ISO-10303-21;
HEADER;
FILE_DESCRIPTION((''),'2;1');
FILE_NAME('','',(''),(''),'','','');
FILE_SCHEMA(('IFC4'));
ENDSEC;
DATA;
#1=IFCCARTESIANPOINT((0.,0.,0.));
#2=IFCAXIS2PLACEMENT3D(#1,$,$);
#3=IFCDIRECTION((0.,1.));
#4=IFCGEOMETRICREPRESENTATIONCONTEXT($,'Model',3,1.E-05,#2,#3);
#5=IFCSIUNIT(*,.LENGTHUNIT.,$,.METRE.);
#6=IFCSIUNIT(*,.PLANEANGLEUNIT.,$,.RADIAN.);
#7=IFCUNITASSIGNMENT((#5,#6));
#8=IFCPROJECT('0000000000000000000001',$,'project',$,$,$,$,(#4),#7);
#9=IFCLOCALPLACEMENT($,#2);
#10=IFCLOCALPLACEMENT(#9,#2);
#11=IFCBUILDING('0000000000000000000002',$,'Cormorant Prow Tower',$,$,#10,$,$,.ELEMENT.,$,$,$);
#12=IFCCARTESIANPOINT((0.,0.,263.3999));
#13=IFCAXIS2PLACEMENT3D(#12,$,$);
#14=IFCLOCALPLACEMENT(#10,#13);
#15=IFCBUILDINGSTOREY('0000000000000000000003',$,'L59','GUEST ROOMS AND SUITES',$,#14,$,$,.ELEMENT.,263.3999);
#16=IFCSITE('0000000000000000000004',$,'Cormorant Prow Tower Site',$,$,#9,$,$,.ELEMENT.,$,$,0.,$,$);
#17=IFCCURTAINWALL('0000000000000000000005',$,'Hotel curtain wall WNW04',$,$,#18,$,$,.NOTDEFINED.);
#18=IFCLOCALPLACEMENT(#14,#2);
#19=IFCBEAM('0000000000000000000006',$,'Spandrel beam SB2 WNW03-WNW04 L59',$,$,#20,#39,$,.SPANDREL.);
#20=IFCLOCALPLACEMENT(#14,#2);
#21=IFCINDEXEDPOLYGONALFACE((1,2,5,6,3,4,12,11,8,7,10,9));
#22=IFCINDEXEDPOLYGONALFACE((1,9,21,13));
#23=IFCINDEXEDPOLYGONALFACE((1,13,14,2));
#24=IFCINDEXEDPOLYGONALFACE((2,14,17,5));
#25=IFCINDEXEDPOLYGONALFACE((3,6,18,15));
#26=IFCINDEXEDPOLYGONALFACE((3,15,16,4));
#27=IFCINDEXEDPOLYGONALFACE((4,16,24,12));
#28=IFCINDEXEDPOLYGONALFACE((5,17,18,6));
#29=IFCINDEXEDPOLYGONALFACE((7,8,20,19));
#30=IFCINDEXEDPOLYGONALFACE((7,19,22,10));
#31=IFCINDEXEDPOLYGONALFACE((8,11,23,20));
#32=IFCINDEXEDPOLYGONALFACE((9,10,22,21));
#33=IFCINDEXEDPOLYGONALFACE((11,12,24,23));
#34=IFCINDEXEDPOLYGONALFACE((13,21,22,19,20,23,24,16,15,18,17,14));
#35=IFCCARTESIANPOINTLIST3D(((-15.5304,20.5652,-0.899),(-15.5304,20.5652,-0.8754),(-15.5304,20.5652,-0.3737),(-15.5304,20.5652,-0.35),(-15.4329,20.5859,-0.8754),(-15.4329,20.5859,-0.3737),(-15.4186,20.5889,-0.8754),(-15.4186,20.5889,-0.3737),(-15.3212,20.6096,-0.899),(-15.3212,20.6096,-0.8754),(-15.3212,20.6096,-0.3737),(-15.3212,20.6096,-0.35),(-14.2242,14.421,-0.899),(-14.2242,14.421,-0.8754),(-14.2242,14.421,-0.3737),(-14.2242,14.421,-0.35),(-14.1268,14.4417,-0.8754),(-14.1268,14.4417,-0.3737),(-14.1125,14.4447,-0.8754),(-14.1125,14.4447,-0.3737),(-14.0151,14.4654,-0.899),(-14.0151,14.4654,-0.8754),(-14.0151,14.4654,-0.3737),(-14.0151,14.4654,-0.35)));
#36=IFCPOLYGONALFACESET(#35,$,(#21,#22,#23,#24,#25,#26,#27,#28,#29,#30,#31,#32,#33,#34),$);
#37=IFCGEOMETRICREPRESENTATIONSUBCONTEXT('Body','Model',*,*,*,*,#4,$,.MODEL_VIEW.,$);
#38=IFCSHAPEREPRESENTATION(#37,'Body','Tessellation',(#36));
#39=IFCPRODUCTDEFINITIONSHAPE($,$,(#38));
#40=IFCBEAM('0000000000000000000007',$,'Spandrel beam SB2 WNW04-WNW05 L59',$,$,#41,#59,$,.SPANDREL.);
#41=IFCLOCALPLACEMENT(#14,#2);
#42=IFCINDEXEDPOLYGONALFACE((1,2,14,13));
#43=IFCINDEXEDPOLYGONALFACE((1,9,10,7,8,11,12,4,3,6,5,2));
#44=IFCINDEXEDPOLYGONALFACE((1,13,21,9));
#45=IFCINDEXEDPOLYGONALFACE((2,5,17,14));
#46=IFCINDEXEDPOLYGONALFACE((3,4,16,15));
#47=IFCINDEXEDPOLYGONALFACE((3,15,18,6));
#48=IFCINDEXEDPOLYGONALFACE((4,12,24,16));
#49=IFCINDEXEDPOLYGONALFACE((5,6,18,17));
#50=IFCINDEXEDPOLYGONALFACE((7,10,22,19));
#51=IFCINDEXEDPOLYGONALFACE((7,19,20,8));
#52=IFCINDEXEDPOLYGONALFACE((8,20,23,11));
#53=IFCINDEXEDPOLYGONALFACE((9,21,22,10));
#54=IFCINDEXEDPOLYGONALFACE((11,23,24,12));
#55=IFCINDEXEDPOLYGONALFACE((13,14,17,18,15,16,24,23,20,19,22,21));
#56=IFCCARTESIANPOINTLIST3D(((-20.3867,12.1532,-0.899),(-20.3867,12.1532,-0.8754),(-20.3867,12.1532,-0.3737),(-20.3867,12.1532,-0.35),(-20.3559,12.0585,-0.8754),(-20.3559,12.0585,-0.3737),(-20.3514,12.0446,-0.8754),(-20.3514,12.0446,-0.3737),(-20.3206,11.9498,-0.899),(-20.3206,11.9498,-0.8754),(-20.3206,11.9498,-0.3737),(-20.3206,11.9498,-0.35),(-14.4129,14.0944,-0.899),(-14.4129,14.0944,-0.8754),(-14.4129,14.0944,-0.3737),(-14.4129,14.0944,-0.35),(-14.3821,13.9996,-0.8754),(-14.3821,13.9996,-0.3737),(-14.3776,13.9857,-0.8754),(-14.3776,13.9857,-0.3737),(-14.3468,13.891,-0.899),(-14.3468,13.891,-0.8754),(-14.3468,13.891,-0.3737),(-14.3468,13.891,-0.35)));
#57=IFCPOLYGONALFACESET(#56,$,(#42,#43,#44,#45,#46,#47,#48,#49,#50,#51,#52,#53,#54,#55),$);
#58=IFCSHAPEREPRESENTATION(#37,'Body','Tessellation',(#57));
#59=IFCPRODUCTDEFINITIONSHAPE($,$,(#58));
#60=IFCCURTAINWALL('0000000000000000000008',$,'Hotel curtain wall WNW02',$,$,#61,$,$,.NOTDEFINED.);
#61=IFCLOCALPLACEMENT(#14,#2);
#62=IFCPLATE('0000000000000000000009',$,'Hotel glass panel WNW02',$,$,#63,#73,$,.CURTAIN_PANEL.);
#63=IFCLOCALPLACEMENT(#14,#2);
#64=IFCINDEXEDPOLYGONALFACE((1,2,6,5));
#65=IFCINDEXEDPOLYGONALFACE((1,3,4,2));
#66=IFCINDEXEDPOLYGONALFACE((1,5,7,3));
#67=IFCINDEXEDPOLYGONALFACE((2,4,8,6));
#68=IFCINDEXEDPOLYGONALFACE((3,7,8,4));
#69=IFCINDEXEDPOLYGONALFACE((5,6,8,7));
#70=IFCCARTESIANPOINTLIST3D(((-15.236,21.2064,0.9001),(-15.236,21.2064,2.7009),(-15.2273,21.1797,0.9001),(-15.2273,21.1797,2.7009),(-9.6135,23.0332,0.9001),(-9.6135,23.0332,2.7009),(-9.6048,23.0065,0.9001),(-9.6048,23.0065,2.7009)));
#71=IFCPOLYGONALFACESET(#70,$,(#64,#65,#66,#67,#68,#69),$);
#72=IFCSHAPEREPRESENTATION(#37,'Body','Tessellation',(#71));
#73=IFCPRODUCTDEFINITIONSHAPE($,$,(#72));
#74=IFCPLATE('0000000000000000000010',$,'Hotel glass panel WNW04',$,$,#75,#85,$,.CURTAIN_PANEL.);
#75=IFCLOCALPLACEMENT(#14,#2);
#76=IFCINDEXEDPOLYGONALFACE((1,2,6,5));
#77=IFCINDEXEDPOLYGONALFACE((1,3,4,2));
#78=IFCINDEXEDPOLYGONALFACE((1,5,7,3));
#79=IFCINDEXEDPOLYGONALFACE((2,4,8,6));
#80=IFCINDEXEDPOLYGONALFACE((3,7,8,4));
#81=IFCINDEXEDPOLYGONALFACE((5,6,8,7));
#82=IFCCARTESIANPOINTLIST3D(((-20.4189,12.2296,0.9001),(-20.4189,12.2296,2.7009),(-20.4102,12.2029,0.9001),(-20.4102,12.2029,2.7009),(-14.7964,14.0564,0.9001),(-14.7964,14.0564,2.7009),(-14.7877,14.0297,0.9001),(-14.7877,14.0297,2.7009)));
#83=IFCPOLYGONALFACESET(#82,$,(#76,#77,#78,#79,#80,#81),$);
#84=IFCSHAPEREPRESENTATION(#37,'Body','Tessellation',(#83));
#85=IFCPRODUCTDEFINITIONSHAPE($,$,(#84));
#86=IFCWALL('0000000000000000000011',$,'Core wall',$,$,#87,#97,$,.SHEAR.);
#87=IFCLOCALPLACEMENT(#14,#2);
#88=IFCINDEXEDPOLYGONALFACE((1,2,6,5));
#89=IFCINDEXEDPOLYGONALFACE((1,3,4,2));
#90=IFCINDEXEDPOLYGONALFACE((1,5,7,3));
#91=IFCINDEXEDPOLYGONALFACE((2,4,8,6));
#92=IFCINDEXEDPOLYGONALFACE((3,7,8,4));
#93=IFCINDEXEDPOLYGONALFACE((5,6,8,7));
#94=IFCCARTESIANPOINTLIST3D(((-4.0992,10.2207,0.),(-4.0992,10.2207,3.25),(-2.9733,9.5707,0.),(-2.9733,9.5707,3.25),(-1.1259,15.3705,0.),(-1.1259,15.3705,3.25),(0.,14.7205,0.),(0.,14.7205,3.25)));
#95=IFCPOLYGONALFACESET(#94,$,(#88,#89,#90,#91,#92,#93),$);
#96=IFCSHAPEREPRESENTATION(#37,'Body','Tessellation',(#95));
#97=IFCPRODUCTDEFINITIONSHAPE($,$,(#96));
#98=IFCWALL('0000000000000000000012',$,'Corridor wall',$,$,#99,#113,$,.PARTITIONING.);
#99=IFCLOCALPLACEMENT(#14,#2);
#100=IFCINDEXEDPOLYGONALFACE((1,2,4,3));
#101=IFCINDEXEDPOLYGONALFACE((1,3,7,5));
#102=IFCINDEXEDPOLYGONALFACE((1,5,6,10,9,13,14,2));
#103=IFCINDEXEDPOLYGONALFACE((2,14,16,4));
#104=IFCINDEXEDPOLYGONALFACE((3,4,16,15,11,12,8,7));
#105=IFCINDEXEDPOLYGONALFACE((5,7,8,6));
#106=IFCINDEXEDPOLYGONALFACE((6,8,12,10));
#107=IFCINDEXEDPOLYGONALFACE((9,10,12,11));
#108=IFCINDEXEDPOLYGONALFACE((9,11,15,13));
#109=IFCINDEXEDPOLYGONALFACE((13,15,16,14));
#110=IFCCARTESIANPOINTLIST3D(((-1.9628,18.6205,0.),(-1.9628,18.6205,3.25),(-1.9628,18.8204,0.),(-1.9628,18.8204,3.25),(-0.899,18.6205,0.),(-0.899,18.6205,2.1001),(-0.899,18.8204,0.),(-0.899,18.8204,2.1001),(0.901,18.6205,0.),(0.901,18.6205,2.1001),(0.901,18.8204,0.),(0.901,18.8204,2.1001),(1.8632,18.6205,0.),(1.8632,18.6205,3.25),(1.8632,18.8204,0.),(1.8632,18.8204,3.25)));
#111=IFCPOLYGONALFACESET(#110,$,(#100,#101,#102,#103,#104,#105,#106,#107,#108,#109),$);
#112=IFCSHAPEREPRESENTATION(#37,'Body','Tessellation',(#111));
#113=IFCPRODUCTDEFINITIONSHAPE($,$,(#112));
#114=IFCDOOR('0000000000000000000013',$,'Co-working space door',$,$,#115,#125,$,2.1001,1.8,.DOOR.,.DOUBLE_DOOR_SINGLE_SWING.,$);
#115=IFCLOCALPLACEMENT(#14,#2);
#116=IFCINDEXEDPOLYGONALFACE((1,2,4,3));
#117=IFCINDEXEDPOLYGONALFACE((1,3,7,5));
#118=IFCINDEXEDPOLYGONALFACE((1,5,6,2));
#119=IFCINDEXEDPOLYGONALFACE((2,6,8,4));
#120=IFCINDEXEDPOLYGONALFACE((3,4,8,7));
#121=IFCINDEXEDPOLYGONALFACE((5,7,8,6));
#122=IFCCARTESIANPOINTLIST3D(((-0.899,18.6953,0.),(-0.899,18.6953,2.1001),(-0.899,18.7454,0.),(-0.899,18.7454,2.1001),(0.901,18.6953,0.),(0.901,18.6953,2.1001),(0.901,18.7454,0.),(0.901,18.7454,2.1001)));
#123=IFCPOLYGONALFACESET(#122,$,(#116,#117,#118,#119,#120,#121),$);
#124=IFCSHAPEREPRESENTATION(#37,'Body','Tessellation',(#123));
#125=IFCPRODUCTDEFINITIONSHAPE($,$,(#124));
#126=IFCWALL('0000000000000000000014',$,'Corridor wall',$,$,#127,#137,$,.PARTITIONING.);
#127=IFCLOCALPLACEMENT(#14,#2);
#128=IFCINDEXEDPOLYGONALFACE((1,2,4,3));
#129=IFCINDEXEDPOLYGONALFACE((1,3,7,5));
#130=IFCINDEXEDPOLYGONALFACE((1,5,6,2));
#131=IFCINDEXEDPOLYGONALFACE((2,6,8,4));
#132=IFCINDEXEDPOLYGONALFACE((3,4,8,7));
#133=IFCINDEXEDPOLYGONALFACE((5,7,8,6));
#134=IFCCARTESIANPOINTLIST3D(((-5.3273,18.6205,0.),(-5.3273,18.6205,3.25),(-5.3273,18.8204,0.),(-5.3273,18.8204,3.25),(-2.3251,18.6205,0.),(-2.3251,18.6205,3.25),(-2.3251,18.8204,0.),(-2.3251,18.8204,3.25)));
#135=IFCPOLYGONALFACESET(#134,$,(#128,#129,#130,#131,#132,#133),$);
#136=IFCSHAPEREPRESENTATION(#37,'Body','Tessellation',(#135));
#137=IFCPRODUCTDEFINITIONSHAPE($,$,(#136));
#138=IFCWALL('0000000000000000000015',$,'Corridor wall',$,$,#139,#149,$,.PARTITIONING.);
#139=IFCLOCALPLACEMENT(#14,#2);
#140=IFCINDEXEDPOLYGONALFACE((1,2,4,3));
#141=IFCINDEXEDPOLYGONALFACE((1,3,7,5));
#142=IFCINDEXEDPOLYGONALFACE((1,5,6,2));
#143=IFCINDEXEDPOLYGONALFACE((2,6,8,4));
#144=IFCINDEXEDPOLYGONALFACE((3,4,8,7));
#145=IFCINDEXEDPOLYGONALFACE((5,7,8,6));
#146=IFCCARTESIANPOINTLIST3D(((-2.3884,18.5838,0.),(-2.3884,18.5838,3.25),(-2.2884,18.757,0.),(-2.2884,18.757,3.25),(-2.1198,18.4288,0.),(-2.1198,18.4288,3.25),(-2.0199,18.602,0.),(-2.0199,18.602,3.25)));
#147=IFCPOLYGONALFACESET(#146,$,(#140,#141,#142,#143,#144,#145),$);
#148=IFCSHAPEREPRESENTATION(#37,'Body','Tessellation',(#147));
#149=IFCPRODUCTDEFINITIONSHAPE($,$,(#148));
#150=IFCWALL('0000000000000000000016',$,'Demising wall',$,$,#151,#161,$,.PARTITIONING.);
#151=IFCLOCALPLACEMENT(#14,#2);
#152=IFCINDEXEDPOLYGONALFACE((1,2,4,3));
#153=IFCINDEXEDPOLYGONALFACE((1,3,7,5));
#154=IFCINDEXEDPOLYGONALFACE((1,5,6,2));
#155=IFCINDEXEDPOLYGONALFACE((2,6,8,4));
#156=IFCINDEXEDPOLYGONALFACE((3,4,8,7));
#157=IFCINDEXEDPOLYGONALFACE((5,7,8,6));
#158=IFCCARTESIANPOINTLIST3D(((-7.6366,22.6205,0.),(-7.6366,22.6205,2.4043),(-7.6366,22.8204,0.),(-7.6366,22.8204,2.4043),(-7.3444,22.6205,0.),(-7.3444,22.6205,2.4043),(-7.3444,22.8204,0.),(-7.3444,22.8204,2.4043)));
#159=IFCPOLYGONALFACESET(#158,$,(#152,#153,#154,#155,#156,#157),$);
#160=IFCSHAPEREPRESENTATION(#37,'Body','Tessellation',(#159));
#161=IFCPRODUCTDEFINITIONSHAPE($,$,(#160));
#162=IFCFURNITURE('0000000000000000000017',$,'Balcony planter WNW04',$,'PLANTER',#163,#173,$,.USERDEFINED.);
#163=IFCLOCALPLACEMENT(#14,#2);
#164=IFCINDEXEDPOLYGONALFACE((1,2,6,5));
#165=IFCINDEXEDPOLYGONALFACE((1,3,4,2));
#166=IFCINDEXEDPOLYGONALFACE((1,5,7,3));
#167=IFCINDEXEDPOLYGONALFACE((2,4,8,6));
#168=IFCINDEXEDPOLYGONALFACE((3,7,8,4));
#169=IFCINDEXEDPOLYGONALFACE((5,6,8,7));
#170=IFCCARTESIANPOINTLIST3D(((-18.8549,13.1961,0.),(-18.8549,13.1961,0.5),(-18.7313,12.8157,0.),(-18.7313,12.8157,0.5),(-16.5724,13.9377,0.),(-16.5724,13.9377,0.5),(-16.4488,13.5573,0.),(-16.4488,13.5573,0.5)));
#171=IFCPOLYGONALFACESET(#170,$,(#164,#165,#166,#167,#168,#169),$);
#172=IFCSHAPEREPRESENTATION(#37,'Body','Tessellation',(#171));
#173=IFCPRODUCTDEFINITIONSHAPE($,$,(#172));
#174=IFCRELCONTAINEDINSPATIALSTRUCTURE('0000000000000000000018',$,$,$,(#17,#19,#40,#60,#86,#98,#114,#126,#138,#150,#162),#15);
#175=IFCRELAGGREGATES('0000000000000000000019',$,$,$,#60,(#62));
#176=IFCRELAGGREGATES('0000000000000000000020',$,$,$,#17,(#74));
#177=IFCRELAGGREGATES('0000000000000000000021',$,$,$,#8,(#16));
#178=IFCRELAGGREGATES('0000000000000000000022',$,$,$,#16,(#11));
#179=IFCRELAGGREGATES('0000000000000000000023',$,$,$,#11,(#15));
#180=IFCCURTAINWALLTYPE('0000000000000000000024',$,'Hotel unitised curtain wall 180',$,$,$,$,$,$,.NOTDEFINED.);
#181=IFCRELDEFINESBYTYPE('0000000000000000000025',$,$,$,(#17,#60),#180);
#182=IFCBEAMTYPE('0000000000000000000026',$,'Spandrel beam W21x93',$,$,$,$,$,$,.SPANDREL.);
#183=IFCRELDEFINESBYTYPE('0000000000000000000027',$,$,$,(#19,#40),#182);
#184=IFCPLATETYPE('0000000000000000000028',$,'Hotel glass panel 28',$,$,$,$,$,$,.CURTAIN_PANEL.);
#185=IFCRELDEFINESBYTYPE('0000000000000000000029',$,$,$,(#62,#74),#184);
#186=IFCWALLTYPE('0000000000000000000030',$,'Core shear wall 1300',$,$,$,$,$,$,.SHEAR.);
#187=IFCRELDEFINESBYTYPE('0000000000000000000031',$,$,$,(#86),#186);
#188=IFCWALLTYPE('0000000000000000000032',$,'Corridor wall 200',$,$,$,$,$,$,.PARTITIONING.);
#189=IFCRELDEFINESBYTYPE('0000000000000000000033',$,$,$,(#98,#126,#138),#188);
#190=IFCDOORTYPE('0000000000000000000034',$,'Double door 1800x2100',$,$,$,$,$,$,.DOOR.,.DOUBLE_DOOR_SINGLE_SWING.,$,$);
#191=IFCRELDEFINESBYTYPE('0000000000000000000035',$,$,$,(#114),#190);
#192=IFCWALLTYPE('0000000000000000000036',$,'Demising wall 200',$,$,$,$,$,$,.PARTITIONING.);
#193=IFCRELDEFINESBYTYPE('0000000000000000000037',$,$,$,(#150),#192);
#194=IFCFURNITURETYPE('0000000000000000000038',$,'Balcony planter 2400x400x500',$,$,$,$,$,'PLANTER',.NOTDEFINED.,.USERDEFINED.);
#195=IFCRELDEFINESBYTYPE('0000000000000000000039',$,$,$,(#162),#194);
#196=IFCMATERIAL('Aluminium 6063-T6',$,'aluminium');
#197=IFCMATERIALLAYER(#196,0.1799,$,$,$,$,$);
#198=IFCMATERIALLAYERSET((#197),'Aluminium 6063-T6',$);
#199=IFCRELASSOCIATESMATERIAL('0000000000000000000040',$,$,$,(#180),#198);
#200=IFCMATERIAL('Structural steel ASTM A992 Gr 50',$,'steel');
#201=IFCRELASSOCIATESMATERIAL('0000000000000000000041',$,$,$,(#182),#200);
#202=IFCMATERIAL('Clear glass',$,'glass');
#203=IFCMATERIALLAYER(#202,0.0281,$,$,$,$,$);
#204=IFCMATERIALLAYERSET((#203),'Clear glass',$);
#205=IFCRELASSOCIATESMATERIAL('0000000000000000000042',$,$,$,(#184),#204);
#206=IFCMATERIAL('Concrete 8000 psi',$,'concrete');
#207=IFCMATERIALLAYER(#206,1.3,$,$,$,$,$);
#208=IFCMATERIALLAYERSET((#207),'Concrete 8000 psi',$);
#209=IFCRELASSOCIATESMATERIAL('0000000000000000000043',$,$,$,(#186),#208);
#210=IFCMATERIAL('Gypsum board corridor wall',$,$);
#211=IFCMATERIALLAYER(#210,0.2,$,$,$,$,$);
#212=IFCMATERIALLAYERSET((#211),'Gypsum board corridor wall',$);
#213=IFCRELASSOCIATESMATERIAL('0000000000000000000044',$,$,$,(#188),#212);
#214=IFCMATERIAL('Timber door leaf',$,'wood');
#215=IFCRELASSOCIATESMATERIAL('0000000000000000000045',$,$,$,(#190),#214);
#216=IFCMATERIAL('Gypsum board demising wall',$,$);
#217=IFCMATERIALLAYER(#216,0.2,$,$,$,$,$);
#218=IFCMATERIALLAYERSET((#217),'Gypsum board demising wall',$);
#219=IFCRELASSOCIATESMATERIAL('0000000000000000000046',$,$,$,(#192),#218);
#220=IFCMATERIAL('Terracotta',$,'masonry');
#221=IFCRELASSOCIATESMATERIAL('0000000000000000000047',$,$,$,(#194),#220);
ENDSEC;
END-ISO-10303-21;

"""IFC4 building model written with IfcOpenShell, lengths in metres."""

from ifc_helpers import new_model, si_unit, direction, frame, frame_2d, origin, origin_2d, place, context, subcontext, project, spatial, rectangle, i_section, extrude, material, layer, layer_set, material_profile, profile_set, type_object, element, fill, aggregate, save


model = new_model("IFC4")

# Units and contexts
model_context = context("Model", 3, precision=1e-05, world=origin(), true_north=direction((0.0, 1.0)))
body_context = subcontext(model_context, "Body", "Model", "MODEL_VIEW")
ifc_project = project(units=[si_unit("LENGTHUNIT", "METRE"), si_unit("PLANEANGLEUNIT", "RADIAN")], contexts=[model_context])

# Site, building, storey
site_placement = place(None, origin())
site = spatial("IfcSite", under=ifc_project, at=site_placement, Name="Cormorant Prow Tower Site", CompositionType="ELEMENT", RefElevation=0.0)
building_placement = place(site_placement, origin())
building = spatial("IfcBuilding", under=site, at=building_placement, Name="Cormorant Prow Tower", CompositionType="ELEMENT")
storey_placement = place(building_placement, frame((0.0, 0.0, 263.3999)))
storey = spatial("IfcBuildingStorey", under=building, at=storey_placement, Name="L59", Description="GUEST ROOMS AND SUITES", CompositionType="ELEMENT", Elevation=263.3999)

# Curtain wall
ifc_material_1 = material(Name="Aluminium 6063-T6", Category="aluminium")
ifc_layer_1 = layer(ifc_material_1, 0.1799)
ifc_layer_set_1 = layer_set([ifc_layer_1], Name="Aluminium 6063-T6")
curtain_wall_type = type_object("IfcCurtainWallType", Name="Hotel unitised curtain wall 180", PredefinedType="NOTDEFINED", material=ifc_layer_set_1)
curtain_wall_1_placement = place(storey_placement, origin())
curtain_wall_1 = element("IfcCurtainWall", 1, at=curtain_wall_1_placement, inside=storey, type_object=curtain_wall_type, Name="Hotel curtain wall WNW04", PredefinedType="NOTDEFINED")

# Beams
ifc_material_2 = material(Name="Structural steel ASTM A992 Gr 50", Category="steel")
ifc_material_profile_1 = material_profile(ifc_material_2, i_section(OverallWidth=0.2139, OverallDepth=0.5491, WebThickness=0.0146, FlangeThickness=0.0237, at=origin_2d()), Name="W21x93")
ifc_profile_set_1 = profile_set([ifc_material_profile_1], Name="Structural steel ASTM A992 Gr 50")
beam_type_1 = type_object("IfcBeamType", Name="Spandrel beam W21x93", PredefinedType="SPANDREL", material=ifc_profile_set_1)
beam_1_placement = place(storey_placement, frame((-15.4258, 20.5874, -0.6245), z_axis=(0.207934, -0.978143, 0.0), x_axis=(0.978143, 0.207934, 0.0)))
element("IfcBeam", 2, at=beam_1_placement, inside=storey, type_object=beam_type_1, Name="Spandrel beam SB2 WNW03-WNW04 L59", PredefinedType="SPANDREL", context=body_context, shape_type="SweptSolid", body=[
    extrude(i_section(OverallWidth=0.2139, OverallDepth=0.5491, WebThickness=0.0146, FlangeThickness=0.0237, at=origin_2d()), origin(), (0.0, 0.0, 1.0), 6.2815),
])
beam_2_placement = place(storey_placement, frame((-14.3799, 13.9927, -0.6245), z_axis=(-0.95105, -0.309036, 0.0), x_axis=(0.309036, -0.95105, 0.0)))
element("IfcBeam", 3, at=beam_2_placement, inside=storey, type_object=beam_type_1, Name="Spandrel beam SB2 WNW04-WNW05 L59", PredefinedType="SPANDREL", context=body_context, shape_type="SweptSolid", body=[
    extrude(i_section(OverallWidth=0.2139, OverallDepth=0.5491, WebThickness=0.0146, FlangeThickness=0.0237, at=origin_2d()), origin(), (0.0, 0.0, 1.0), 6.2812),
])

# Curtain wall, plate
curtain_wall_2_placement = place(storey_placement, origin())
curtain_wall_2 = element("IfcCurtainWall", 4, at=curtain_wall_2_placement, inside=storey, type_object=curtain_wall_type, Name="Hotel curtain wall WNW02", PredefinedType="NOTDEFINED")
ifc_material_3 = material(Name="Clear glass", Category="glass")
ifc_layer_2 = layer(ifc_material_3, 0.0281)
ifc_layer_set_2 = layer_set([ifc_layer_2], Name="Clear glass")
plate_type = type_object("IfcPlateType", Name="Hotel glass panel 28", PredefinedType="CURTAIN_PANEL", material=ifc_layer_set_2)
plate_1_placement = place(storey_placement, frame((-12.4204, 22.1064, 0.9001), z_axis=(0.0, 0.0, 1.0), x_axis=(-0.951057, -0.309017, 0.0)))
plate_1 = element("IfcPlate", 5, at=plate_1_placement, type_object=plate_type, Name="Hotel glass panel WNW02", PredefinedType="CURTAIN_PANEL", context=body_context, shape_type="SweptSolid", body=[
    extrude(rectangle(XDim=5.9119, YDim=0.0281, at=origin_2d()), origin(), (0.0, 0.0, 1.0), 1.8008),
])
aggregate(curtain_wall_2, [plate_1])

# Plate
plate_2_placement = place(storey_placement, frame((-17.6033, 13.1296, 0.9001), z_axis=(0.0, 0.0, 1.0), x_axis=(-0.951057, -0.309017, 0.0)))
plate_2 = element("IfcPlate", 6, at=plate_2_placement, type_object=plate_type, Name="Hotel glass panel WNW04", PredefinedType="CURTAIN_PANEL", context=body_context, shape_type="SweptSolid", body=[
    extrude(rectangle(XDim=5.9119, YDim=0.0281, at=origin_2d()), origin(), (0.0, 0.0, 1.0), 1.8008),
])
aggregate(curtain_wall_1, [plate_2])

# Wall
ifc_material_4 = material(Name="Concrete 8000 psi", Category="concrete")
ifc_layer_3 = layer(ifc_material_4, 1.3)
ifc_layer_set_3 = layer_set([ifc_layer_3], Name="Concrete 8000 psi")
wall_type_1 = type_object("IfcWallType", Name="Core shear wall 1300", PredefinedType="SHEAR", material=ifc_layer_set_3)
wall_1_placement = place(storey_placement, frame((-0.563, 15.0454, 0.0), z_axis=(0.0, 0.0, 1.0), x_axis=(-0.500011, -0.866019, 0.0)))
element("IfcWall", 7, at=wall_1_placement, inside=storey, type_object=wall_type_1, Name="Core wall", PredefinedType="SHEAR", context=body_context, shape_type="SweptSolid", body=[
    extrude(rectangle(XDim=5.9465, YDim=1.3, at=frame_2d((2.9731, 0.0))), origin(), (0.0, 0.0, 1.0), 3.25),
])

# Wall, opening, door
ifc_material_5 = material(Name="Gypsum board corridor wall")
ifc_layer_4 = layer(ifc_material_5, 0.2)
ifc_layer_set_4 = layer_set([ifc_layer_4], Name="Gypsum board corridor wall")
wall_type_2 = type_object("IfcWallType", Name="Corridor wall 200", PredefinedType="PARTITIONING", material=ifc_layer_set_4)
wall_2_placement = place(storey_placement, frame((-1.9629, 18.7205, 0.0), z_axis=(0.0, 0.0, 1.0), x_axis=(1.0, 0.0, 0.0)))
wall_2 = element("IfcWall", 8, at=wall_2_placement, inside=storey, type_object=wall_type_2, Name="Corridor wall", PredefinedType="PARTITIONING", context=body_context, shape_type="SweptSolid", body=[
    extrude(rectangle(XDim=3.8259, YDim=0.2, at=frame_2d((1.9131, 0.0))), origin(), (0.0, 0.0, 1.0), 3.25),
])
opening_1_placement = place(wall_2_placement, frame((1.064, 0.0, 0.0)))
opening_1 = element("IfcOpeningElement", 9, at=opening_1_placement, cuts=wall_2, PredefinedType="OPENING", context=body_context, shape_type="SweptSolid", body=[
    extrude(rectangle(XDim=1.8, YDim=2.1001, at=frame_2d((0.8999, 1.05))), frame((0.0, 0.1099, 0.0), z_axis=(0.0, -1.0, 0.0), x_axis=(1.0, 0.0, 0.0)), (0.0, 0.0, 1.0), 0.22),
])
ifc_material_6 = material(Name="Timber door leaf", Category="wood")
door_type_1 = type_object("IfcDoorType", Name="Double door 1800x2100", OperationType="DOUBLE_DOOR_SINGLE_SWING", PredefinedType="DOOR", material=ifc_material_6)
door_1_placement = place(opening_1_placement, origin())
door_1 = element("IfcDoor", 10, at=door_1_placement, inside=storey, type_object=door_type_1, Name="Co-working space door", OperationType="DOUBLE_DOOR_SINGLE_SWING", OverallHeight=2.1001, OverallWidth=1.8, PredefinedType="DOOR", context=body_context, shape_type="SweptSolid", body=[
    extrude(rectangle(XDim=1.8, YDim=2.1001, at=frame_2d((0.8999, 1.05))), frame((0.0, 0.0249, 0.0), z_axis=(0.0, -1.0, 0.0), x_axis=(1.0, 0.0, 0.0)), (0.0, 0.0, 1.0), 0.05),
])
fill(opening_1, door_1)

# Walls
wall_3_placement = place(storey_placement, frame((-5.3271, 18.7205, 0.0), z_axis=(0.0, 0.0, 1.0), x_axis=(1.0, 0.0, 0.0)))
element("IfcWall", 11, at=wall_3_placement, inside=storey, type_object=wall_type_2, Name="Corridor wall", PredefinedType="PARTITIONING", context=body_context, shape_type="SweptSolid", body=[
    extrude(rectangle(XDim=3.0022, YDim=0.2, at=frame_2d((1.501, 0.0))), origin(), (0.0, 0.0, 1.0), 3.25),
])
wall_4_placement = place(storey_placement, frame((-2.3384, 18.6704, 0.0), z_axis=(0.0, 0.0, 1.0), x_axis=(0.866054, -0.49995, 0.0)))
element("IfcWall", 12, at=wall_4_placement, inside=storey, type_object=wall_type_2, Name="Corridor wall", PredefinedType="PARTITIONING", context=body_context, shape_type="SweptSolid", body=[
    extrude(rectangle(XDim=0.3101, YDim=0.2, at=frame_2d((0.155, 0.0))), origin(), (0.0, 0.0, 1.0), 3.25),
])
ifc_material_7 = material(Name="Gypsum board demising wall")
ifc_layer_5 = layer(ifc_material_7, 0.2)
ifc_layer_set_5 = layer_set([ifc_layer_5], Name="Gypsum board demising wall")
wall_type_3 = type_object("IfcWallType", Name="Demising wall 200", PredefinedType="PARTITIONING", material=ifc_layer_set_5)
wall_5_placement = place(storey_placement, frame((-7.6365, 22.7205, 0.0), z_axis=(0.0, 0.0, 1.0), x_axis=(1.0, 0.0, 0.0)))
element("IfcWall", 13, at=wall_5_placement, inside=storey, type_object=wall_type_3, Name="Demising wall", PredefinedType="PARTITIONING", context=body_context, shape_type="SweptSolid", body=[
    extrude(rectangle(XDim=0.2922, YDim=0.2, at=frame_2d((0.146, 0.0))), origin(), (0.0, 0.0, 1.0), 2.4043),
])

# Furniture
ifc_material_8 = material(Name="Terracotta", Category="masonry")
furniture_type = type_object("IfcFurnitureType", Name="Balcony planter 2400x400x500", ElementType="PLANTER", AssemblyPlace="NOTDEFINED", PredefinedType="USERDEFINED", material=ifc_material_8)
furniture_placement = place(storey_placement, frame((-17.6519, 13.3767, 0.0), z_axis=(0.0, 0.0, 1.0), x_axis=(-0.951057, -0.309017, 0.0)))
element("IfcFurniture", 14, at=furniture_placement, inside=storey, type_object=furniture_type, Name="Balcony planter WNW04", ObjectType="PLANTER", PredefinedType="USERDEFINED", context=body_context, shape_type="SweptSolid", body=[
    extrude(rectangle(XDim=2.3999, YDim=0.3999, at=origin_2d()), origin(), (0.0, 0.0, 1.0), 0.5),
])

save(model, "model.ifc")
